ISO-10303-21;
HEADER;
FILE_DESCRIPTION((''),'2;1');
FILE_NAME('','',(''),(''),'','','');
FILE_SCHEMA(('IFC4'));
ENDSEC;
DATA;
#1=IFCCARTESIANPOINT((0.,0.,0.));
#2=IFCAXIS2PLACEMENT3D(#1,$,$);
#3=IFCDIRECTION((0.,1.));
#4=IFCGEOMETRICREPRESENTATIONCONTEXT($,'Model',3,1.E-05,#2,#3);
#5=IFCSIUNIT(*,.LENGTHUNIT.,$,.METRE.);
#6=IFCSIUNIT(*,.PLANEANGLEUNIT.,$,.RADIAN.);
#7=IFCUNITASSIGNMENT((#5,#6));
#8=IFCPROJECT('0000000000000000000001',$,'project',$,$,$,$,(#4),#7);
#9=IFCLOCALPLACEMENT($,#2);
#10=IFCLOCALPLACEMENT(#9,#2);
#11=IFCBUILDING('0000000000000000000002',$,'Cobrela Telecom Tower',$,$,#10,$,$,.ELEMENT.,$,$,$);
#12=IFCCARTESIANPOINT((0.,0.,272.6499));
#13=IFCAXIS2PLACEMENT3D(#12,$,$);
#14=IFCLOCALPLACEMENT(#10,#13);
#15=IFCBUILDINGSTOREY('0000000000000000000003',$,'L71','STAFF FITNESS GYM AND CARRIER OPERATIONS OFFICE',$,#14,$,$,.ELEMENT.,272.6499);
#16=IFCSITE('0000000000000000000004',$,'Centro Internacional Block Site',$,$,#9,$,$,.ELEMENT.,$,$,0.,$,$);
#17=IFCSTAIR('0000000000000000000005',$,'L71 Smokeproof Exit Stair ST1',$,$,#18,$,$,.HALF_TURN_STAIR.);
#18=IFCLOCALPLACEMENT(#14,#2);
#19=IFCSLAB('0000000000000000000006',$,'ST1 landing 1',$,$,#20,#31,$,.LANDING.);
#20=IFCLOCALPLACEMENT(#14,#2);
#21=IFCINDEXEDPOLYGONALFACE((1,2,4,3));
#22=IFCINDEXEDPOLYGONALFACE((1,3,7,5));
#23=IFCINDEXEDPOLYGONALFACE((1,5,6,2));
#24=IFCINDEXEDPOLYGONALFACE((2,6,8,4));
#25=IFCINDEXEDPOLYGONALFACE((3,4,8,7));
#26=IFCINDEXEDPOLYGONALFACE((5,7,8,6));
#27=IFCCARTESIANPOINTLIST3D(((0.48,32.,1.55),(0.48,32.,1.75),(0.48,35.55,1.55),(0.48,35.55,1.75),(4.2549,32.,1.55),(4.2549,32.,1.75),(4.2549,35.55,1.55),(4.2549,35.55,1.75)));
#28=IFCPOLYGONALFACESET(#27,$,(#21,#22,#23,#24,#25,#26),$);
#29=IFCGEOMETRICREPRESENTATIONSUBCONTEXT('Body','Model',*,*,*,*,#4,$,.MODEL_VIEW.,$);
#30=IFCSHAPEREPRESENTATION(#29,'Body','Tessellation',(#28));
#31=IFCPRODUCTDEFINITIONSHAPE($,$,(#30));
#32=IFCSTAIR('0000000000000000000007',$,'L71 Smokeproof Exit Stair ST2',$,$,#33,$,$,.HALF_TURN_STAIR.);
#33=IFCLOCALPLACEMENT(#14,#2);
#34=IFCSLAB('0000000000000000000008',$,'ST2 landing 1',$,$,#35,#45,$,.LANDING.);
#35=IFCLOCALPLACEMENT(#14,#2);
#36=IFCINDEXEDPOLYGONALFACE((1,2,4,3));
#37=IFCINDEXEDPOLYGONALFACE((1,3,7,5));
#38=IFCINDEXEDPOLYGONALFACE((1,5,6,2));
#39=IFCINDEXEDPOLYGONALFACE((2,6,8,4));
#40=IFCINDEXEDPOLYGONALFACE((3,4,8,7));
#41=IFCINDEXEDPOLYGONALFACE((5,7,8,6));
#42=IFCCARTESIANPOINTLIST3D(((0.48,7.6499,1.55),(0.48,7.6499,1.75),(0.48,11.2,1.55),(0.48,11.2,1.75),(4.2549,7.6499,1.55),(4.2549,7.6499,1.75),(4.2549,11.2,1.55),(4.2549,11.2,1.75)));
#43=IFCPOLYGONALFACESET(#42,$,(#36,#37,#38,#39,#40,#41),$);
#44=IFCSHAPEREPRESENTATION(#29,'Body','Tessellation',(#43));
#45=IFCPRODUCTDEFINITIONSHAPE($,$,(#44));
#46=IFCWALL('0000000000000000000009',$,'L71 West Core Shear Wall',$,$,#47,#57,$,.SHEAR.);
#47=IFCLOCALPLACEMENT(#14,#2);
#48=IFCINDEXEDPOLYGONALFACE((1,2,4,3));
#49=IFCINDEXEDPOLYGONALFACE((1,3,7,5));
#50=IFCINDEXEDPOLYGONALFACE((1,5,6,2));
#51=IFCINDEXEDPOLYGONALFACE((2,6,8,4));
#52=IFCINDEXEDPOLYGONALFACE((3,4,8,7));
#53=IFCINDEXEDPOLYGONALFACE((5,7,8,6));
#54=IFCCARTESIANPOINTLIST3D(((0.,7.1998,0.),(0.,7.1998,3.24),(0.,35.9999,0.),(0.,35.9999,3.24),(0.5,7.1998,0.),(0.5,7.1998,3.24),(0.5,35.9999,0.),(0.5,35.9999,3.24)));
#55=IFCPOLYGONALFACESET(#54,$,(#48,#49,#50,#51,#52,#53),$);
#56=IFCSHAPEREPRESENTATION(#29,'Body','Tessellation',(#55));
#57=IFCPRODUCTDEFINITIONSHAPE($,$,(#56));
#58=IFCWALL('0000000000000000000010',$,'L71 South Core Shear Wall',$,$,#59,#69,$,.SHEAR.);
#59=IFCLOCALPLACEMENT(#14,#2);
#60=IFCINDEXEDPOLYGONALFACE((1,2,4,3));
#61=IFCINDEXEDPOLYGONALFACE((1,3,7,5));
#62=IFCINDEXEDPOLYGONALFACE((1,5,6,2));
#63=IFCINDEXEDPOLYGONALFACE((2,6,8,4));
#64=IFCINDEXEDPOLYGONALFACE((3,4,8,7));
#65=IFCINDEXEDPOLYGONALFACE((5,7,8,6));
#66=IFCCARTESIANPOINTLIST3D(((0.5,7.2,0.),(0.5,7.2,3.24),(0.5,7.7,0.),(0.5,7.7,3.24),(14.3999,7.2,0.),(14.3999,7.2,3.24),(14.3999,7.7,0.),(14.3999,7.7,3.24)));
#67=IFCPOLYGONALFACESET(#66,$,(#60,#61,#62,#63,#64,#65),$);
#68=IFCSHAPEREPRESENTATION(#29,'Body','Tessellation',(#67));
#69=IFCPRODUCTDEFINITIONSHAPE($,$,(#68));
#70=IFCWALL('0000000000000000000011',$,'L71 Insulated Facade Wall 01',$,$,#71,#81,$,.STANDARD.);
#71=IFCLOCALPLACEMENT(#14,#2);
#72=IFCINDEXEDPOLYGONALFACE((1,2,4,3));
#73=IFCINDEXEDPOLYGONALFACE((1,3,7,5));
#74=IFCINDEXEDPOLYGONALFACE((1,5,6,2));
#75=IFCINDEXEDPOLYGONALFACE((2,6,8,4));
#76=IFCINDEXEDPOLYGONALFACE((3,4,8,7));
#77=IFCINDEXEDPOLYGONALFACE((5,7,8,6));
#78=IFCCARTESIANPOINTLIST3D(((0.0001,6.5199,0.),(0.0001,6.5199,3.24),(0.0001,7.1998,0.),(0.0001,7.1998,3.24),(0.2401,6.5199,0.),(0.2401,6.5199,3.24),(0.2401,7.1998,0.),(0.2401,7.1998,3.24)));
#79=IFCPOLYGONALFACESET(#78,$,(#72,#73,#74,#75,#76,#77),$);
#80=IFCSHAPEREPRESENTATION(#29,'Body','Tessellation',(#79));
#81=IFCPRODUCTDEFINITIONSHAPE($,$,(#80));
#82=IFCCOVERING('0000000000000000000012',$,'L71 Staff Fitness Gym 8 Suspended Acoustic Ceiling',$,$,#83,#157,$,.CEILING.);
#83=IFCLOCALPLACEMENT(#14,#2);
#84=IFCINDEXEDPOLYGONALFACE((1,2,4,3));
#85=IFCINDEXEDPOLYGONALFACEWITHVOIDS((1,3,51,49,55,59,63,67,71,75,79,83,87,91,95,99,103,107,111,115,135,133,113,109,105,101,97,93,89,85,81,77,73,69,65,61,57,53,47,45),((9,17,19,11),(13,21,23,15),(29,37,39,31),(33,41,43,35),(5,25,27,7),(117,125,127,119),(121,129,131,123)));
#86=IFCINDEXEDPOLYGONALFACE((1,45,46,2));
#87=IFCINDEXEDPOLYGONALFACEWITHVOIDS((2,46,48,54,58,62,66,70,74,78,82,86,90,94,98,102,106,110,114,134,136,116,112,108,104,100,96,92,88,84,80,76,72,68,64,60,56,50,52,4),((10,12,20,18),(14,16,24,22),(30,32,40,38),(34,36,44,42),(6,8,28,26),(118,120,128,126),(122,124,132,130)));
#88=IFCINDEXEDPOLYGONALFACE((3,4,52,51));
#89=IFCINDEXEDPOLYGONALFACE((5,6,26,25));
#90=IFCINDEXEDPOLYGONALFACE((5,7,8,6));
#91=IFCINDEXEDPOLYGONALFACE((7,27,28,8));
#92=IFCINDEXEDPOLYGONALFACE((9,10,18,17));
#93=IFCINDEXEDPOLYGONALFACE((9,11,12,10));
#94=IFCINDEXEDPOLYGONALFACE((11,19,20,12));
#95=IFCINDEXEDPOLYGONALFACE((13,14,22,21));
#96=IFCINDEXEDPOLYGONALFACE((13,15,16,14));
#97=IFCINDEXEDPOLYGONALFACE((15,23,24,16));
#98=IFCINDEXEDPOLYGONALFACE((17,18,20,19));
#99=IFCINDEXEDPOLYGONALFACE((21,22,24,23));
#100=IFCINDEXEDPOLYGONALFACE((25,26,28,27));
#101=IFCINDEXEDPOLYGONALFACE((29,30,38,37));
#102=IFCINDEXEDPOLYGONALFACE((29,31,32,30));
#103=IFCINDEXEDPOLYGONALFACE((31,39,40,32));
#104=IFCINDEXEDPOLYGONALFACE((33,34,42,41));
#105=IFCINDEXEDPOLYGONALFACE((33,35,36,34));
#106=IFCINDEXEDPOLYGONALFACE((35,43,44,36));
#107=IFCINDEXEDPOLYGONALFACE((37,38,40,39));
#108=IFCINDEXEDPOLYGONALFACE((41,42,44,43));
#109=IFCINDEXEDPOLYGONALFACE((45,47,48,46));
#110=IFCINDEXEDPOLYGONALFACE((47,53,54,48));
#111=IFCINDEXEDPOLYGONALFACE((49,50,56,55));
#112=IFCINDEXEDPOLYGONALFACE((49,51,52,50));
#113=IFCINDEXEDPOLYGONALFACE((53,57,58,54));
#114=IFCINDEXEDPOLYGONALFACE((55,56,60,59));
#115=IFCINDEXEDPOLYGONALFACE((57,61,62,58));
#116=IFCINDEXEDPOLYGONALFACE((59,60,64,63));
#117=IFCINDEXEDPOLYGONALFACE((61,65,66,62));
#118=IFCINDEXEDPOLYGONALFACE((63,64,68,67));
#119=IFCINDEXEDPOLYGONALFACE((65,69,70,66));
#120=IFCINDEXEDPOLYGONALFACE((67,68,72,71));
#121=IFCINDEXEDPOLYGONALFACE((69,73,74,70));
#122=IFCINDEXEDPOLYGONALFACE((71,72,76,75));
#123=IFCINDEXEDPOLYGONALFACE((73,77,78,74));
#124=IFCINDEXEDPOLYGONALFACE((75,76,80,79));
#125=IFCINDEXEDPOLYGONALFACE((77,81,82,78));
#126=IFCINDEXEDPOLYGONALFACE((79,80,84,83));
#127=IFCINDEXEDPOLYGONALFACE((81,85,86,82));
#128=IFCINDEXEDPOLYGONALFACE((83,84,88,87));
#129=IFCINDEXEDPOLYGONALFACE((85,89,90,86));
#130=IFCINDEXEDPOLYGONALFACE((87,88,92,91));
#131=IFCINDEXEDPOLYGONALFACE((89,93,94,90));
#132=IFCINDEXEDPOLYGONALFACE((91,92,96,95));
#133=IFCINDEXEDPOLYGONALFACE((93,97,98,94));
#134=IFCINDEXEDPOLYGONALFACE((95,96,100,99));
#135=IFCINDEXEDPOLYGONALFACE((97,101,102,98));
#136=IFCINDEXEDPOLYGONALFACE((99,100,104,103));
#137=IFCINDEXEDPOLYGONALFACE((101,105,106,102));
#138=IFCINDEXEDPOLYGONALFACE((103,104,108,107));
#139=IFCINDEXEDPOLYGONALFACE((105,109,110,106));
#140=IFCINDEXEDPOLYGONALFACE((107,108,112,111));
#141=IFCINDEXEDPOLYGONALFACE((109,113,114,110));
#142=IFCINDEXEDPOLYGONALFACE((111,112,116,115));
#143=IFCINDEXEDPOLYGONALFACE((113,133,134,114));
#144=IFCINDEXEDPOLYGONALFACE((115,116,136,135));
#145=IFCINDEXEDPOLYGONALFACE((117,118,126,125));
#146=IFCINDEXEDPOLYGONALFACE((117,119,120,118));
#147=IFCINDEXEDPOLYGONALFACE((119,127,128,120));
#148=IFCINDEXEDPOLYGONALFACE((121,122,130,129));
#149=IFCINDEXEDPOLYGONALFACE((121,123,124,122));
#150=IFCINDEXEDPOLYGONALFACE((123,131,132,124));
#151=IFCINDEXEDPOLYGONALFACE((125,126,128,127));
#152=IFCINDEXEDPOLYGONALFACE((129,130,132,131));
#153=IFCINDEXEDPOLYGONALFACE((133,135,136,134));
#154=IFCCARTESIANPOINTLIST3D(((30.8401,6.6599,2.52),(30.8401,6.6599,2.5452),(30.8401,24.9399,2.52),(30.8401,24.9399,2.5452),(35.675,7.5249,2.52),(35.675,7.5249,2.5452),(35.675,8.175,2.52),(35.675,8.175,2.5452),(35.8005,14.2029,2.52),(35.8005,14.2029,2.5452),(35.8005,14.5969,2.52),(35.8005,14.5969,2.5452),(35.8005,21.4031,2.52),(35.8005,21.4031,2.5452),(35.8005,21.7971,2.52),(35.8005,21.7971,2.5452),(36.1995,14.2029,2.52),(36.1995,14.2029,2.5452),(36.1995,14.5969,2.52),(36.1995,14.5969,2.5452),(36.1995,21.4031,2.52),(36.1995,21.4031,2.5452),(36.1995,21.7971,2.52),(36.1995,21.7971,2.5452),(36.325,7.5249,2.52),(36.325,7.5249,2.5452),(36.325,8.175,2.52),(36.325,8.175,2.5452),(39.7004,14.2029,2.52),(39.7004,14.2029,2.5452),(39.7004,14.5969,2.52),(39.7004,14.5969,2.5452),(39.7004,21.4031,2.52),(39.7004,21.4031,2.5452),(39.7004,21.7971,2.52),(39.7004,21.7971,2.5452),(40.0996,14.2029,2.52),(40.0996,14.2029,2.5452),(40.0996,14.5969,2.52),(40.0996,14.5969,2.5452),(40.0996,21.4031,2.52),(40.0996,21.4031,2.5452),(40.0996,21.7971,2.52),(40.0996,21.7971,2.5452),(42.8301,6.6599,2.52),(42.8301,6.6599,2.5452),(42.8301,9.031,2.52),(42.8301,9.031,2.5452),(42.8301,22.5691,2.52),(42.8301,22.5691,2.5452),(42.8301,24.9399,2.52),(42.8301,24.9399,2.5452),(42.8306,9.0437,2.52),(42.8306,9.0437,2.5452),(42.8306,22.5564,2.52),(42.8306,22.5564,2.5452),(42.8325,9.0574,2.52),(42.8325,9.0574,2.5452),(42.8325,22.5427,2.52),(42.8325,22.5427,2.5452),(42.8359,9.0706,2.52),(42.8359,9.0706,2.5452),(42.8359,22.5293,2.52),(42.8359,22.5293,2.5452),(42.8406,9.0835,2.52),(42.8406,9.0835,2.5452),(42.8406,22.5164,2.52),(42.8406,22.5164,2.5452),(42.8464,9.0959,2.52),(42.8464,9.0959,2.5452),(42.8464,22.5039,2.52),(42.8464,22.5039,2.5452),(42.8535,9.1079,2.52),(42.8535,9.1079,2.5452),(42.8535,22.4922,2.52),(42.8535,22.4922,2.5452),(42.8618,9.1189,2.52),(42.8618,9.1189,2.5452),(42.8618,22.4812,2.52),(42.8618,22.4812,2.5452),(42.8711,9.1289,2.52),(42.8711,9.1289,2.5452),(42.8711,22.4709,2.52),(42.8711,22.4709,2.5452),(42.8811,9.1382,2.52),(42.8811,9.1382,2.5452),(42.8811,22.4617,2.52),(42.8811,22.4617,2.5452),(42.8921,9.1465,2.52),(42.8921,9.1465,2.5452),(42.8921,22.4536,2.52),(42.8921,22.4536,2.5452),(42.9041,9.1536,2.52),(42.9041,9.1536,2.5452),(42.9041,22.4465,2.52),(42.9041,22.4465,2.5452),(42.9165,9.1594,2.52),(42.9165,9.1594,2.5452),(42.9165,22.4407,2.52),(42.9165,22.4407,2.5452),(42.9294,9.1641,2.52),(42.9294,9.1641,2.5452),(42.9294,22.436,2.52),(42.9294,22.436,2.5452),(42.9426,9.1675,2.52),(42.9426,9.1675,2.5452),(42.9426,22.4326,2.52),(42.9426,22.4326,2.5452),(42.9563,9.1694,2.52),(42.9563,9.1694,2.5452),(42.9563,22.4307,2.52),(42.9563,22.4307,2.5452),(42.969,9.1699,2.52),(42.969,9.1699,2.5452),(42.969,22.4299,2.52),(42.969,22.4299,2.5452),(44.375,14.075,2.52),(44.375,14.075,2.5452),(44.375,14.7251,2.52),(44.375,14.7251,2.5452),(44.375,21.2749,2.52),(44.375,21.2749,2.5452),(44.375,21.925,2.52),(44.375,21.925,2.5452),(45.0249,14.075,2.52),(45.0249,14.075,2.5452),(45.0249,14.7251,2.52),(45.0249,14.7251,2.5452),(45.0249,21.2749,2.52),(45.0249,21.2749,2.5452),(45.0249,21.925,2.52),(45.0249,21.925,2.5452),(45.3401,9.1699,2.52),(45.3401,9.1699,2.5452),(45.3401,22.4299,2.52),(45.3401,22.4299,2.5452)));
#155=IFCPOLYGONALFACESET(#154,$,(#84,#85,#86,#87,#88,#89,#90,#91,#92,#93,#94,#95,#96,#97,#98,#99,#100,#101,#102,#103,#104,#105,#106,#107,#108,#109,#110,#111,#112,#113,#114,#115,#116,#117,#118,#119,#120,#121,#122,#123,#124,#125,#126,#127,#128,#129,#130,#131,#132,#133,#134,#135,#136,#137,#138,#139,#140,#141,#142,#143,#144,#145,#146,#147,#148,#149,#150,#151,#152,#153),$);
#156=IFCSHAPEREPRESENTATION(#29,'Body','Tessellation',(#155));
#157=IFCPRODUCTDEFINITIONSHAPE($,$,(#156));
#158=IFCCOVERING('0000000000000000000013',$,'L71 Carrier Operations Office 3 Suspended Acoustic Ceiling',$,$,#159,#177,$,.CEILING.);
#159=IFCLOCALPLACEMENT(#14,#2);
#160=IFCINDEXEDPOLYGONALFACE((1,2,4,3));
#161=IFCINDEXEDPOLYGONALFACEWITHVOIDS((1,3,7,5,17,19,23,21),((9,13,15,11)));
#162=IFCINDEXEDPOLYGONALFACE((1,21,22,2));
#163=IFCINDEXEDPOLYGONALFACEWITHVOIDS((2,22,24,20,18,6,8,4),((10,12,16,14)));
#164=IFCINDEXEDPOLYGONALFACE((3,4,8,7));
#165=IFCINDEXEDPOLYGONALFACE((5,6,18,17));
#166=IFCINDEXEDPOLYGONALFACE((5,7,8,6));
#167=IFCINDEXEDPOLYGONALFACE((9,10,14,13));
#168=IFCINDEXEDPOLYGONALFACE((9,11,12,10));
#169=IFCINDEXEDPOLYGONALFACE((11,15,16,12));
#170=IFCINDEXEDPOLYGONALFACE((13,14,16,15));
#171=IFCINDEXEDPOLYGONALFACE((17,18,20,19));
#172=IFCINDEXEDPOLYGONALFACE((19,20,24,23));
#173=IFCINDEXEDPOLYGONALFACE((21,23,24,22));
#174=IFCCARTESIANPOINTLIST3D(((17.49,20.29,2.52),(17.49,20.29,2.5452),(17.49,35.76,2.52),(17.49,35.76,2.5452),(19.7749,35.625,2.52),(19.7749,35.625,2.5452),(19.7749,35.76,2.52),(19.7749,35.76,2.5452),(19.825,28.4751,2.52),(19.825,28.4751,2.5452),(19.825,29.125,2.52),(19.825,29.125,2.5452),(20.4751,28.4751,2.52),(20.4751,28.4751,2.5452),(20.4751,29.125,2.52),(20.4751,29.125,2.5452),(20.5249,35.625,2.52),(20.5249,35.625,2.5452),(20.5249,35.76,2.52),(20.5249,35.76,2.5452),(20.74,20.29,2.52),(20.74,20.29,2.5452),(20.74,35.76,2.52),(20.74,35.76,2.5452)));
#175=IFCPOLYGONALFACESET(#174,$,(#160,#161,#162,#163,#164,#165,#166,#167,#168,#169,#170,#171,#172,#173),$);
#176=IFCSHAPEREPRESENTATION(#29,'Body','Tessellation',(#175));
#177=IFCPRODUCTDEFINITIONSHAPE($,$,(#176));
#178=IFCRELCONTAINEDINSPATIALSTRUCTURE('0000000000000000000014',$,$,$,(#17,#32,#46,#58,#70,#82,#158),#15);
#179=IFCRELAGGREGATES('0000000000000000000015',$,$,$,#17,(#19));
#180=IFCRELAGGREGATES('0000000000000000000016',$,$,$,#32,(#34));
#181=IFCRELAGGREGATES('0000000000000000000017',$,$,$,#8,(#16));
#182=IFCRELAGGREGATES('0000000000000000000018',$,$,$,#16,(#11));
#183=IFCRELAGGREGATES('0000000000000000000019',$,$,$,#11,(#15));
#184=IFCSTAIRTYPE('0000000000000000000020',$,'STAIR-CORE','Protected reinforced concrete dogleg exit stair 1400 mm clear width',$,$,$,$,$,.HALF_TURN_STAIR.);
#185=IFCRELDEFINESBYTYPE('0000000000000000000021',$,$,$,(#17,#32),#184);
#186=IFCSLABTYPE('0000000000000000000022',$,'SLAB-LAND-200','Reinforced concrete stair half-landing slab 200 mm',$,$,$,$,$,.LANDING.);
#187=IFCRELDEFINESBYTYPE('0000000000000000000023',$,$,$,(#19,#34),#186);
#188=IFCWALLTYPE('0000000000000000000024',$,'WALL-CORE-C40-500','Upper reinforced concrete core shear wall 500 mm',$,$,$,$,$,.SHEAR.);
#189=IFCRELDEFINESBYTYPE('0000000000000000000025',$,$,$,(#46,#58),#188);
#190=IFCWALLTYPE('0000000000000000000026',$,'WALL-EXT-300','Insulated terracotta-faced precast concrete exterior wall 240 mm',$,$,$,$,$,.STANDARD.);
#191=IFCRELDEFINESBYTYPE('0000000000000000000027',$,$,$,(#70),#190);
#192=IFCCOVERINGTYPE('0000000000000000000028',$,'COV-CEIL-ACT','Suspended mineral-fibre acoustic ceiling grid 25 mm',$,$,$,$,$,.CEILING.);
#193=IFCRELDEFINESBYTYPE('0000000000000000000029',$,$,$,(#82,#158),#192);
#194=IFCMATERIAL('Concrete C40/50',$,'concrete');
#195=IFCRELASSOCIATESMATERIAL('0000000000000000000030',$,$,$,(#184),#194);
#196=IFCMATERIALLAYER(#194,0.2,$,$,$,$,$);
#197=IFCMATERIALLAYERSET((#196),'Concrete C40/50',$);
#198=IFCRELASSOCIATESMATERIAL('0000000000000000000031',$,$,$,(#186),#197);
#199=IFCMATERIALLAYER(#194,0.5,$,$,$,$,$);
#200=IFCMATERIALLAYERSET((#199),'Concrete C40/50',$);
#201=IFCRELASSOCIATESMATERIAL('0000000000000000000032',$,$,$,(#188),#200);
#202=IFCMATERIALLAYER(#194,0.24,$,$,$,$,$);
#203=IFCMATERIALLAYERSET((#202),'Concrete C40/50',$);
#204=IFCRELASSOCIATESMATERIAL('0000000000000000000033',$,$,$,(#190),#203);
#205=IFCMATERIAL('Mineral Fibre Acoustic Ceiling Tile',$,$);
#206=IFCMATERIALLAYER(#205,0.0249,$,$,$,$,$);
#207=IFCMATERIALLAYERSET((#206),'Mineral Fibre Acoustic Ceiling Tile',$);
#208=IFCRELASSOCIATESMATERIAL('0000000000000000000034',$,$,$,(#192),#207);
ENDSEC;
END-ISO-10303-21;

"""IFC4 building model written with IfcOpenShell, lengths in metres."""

from ifc_helpers import new_model, si_unit, direction, frame, frame_2d, origin, place, context, subcontext, project, spatial, polyline, rectangle, outline, extrude, material, layer, layer_set, type_object, element, aggregate, save


model = new_model("IFC4")

# Units and contexts
model_context = context("Model", 3, precision=1e-05, world=origin(), true_north=direction((0.0, 1.0)))
body_context = subcontext(model_context, "Body", "Model", "MODEL_VIEW")
ifc_project = project(units=[si_unit("LENGTHUNIT", "METRE"), si_unit("PLANEANGLEUNIT", "RADIAN")], contexts=[model_context])

# Site, building, storey
site_placement = place(None, origin())
site = spatial("IfcSite", under=ifc_project, at=site_placement, Name="Centro Internacional Block Site", CompositionType="ELEMENT", RefElevation=0.0)
building_placement = place(site_placement, origin())
building = spatial("IfcBuilding", under=site, at=building_placement, Name="Cobrela Telecom Tower", CompositionType="ELEMENT")
storey_placement = place(building_placement, frame((0.0, 0.0, 272.6499)))
storey = spatial("IfcBuildingStorey", under=building, at=storey_placement, Name="L71", Description="STAFF FITNESS GYM AND CARRIER OPERATIONS OFFICE", CompositionType="ELEMENT", Elevation=272.6499)

# Shared definitions
ifc_material_1 = material(Name="Concrete C40/50", Category="concrete")

# Stairs, slabs
stair_type = type_object("IfcStairType", Name="STAIR-CORE", Description="Protected reinforced concrete dogleg exit stair 1400 mm clear width", PredefinedType="HALF_TURN_STAIR", material=ifc_material_1)
stair_1_placement = place(storey_placement, origin())
stair_1 = element("IfcStair", 1, at=stair_1_placement, inside=storey, type_object=stair_type, Name="L71 Smokeproof Exit Stair ST1", PredefinedType="HALF_TURN_STAIR")
ifc_layer_1 = layer(ifc_material_1, 0.2)
ifc_layer_set_1 = layer_set([ifc_layer_1], Name="Concrete C40/50")
slab_type_1 = type_object("IfcSlabType", Name="SLAB-LAND-200", Description="Reinforced concrete stair half-landing slab 200 mm", PredefinedType="LANDING", material=ifc_layer_set_1)
slab_1_placement = place(storey_placement, frame((0.0, 0.0, 1.55)))
slab_1 = element("IfcSlab", 2, at=slab_1_placement, type_object=slab_type_1, Name="ST1 landing 1", PredefinedType="LANDING", context=body_context, shape_type="SweptSolid", body=[
    extrude(outline(polyline([(4.2549, 35.55), (0.48, 35.55), (0.48, 32.0), (4.2549, 32.0), (4.2549, 35.55)])), origin(), (0.0, 0.0, 1.0), 0.2),
])
aggregate(stair_1, [slab_1])
stair_2_placement = place(storey_placement, origin())
stair_2 = element("IfcStair", 3, at=stair_2_placement, inside=storey, type_object=stair_type, Name="L71 Smokeproof Exit Stair ST2", PredefinedType="HALF_TURN_STAIR")
slab_2_placement = place(storey_placement, frame((0.0, 0.0, 1.55)))
slab_2 = element("IfcSlab", 4, at=slab_2_placement, type_object=slab_type_1, Name="ST2 landing 1", PredefinedType="LANDING", context=body_context, shape_type="SweptSolid", body=[
    extrude(outline(polyline([(4.2549, 11.2), (0.48, 11.2), (0.48, 7.6499), (4.2549, 7.6499), (4.2549, 11.2)])), origin(), (0.0, 0.0, 1.0), 0.2),
])
aggregate(stair_2, [slab_2])

# Walls
ifc_layer_2 = layer(ifc_material_1, 0.5)
ifc_layer_set_2 = layer_set([ifc_layer_2], Name="Concrete C40/50")
wall_type_1 = type_object("IfcWallType", Name="WALL-CORE-C40-500", Description="Upper reinforced concrete core shear wall 500 mm", PredefinedType="SHEAR", material=ifc_layer_set_2)
wall_1_placement = place(storey_placement, frame((0.25, 7.2, 0.0), z_axis=(0.0, 0.0, 1.0), x_axis=(0.0, 1.0, 0.0)))
element("IfcWall", 5, at=wall_1_placement, inside=storey, type_object=wall_type_1, Name="L71 West Core Shear Wall", PredefinedType="SHEAR", context=body_context, shape_type="SweptSolid", body=[
    extrude(rectangle(XDim=28.8, YDim=0.5, at=frame_2d((14.3999, 0.0))), origin(), (0.0, 0.0, 1.0), 3.24),
])
wall_2_placement = place(storey_placement, frame((0.5, 7.45, 0.0), z_axis=(0.0, 0.0, 1.0), x_axis=(1.0, 0.0, 0.0)))
element("IfcWall", 6, at=wall_2_placement, inside=storey, type_object=wall_type_1, Name="L71 South Core Shear Wall", PredefinedType="SHEAR", context=body_context, shape_type="SweptSolid", body=[
    extrude(rectangle(XDim=13.8999, YDim=0.5, at=frame_2d((6.95, 0.0))), origin(), (0.0, 0.0, 1.0), 3.24),
])
ifc_layer_3 = layer(ifc_material_1, 0.24)
ifc_layer_set_3 = layer_set([ifc_layer_3], Name="Concrete C40/50")
wall_type_2 = type_object("IfcWallType", Name="WALL-EXT-300", Description="Insulated terracotta-faced precast concrete exterior wall 240 mm", PredefinedType="STANDARD", material=ifc_layer_set_3)
wall_3_placement = place(storey_placement, frame((0.1201, 6.52, 0.0), z_axis=(0.0, 0.0, 1.0), x_axis=(0.0, 1.0, 0.0)))
element("IfcWall", 7, at=wall_3_placement, inside=storey, type_object=wall_type_2, Name="L71 Insulated Facade Wall 01", PredefinedType="STANDARD", context=body_context, shape_type="SweptSolid", body=[
    extrude(rectangle(XDim=0.6799, YDim=0.24, at=frame_2d((0.3398, 0.0))), origin(), (0.0, 0.0, 1.0), 3.24),
])

# Coverings
ifc_material_2 = material(Name="Mineral Fibre Acoustic Ceiling Tile")
ifc_layer_4 = layer(ifc_material_2, 0.0249)
ifc_layer_set_4 = layer_set([ifc_layer_4], Name="Mineral Fibre Acoustic Ceiling Tile")
covering_type_1 = type_object("IfcCoveringType", Name="COV-CEIL-ACT", Description="Suspended mineral-fibre acoustic ceiling grid 25 mm", PredefinedType="CEILING", material=ifc_layer_set_4)
covering_1_placement = place(storey_placement, frame((0.0, 0.0, 2.52)))
element("IfcCovering", 8, at=covering_1_placement, inside=storey, type_object=covering_type_1, Name="L71 Staff Fitness Gym 8 Suspended Acoustic Ceiling", PredefinedType="CEILING", context=body_context, shape_type="SweptSolid", body=[
    extrude(outline(polyline([(42.9426, 9.1675), (42.9294, 9.1641), (42.9165, 9.1594), (42.9041, 9.1536), (42.8921, 9.1465), (42.8811, 9.1382), (42.8711, 9.1289), (42.8618, 9.1189), (42.8535, 9.1079), (42.8464, 9.0959), (42.8406, 9.0835), (42.8359, 9.0706), (42.8325, 9.0574), (42.8306, 9.0437), (42.8301, 9.031), (42.8301, 6.6599), (30.8401, 6.6599), (30.8401, 24.9399), (42.8301, 24.9399), (42.8301, 22.5691), (42.8306, 22.5564), (42.8325, 22.5427), (42.8359, 22.5293), (42.8406, 22.5164), (42.8464, 22.5039), (42.8535, 22.4922), (42.8618, 22.4812), (42.8711, 22.4709), (42.8811, 22.4617), (42.8921, 22.4536), (42.9041, 22.4465), (42.9165, 22.4407), (42.9294, 22.436), (42.9426, 22.4326), (42.9563, 22.4307), (42.969, 22.4299), (45.3401, 22.4299), (45.3401, 9.1699), (42.969, 9.1699), (42.9563, 9.1694), (42.9426, 9.1675)]), holes=[polyline([(36.325, 8.175), (35.675, 8.175), (35.675, 7.5249), (36.325, 7.5249), (36.325, 8.175)]), polyline([(36.1995, 14.5969), (35.8005, 14.5969), (35.8005, 14.2029), (36.1995, 14.2029), (36.1995, 14.5969)]), polyline([(40.0996, 14.5969), (39.7004, 14.5969), (39.7004, 14.2029), (40.0996, 14.2029), (40.0996, 14.5969)]), polyline([(45.0249, 14.7251), (44.375, 14.7251), (44.375, 14.075), (45.0249, 14.075), (45.0249, 14.7251)]), polyline([(36.1995, 21.7971), (35.8005, 21.7971), (35.8005, 21.4031), (36.1995, 21.4031), (36.1995, 21.7971)]), polyline([(40.0996, 21.4031), (40.0996, 21.7971), (39.7004, 21.7971), (39.7004, 21.4031), (40.0996, 21.4031)]), polyline([(45.0249, 21.2749), (45.0249, 21.925), (44.375, 21.925), (44.375, 21.2749), (45.0249, 21.2749)])]), origin(), (0.0, 0.0, 1.0), 0.0251),
])
covering_2_placement = place(storey_placement, frame((0.0, 0.0, 2.52)))
element("IfcCovering", 9, at=covering_2_placement, inside=storey, type_object=covering_type_1, Name="L71 Carrier Operations Office 3 Suspended Acoustic Ceiling", PredefinedType="CEILING", context=body_context, shape_type="SweptSolid", body=[
    extrude(outline(polyline([(19.7749, 35.625), (20.5249, 35.625), (20.5249, 35.76), (20.74, 35.76), (20.74, 20.29), (17.49, 20.29), (17.49, 35.76), (19.7749, 35.76), (19.7749, 35.625)]), holes=[polyline([(20.4751, 29.125), (19.825, 29.125), (19.825, 28.4751), (20.4751, 28.4751), (20.4751, 29.125)])]), origin(), (0.0, 0.0, 1.0), 0.0251),
])

save(model, "model.ifc")
